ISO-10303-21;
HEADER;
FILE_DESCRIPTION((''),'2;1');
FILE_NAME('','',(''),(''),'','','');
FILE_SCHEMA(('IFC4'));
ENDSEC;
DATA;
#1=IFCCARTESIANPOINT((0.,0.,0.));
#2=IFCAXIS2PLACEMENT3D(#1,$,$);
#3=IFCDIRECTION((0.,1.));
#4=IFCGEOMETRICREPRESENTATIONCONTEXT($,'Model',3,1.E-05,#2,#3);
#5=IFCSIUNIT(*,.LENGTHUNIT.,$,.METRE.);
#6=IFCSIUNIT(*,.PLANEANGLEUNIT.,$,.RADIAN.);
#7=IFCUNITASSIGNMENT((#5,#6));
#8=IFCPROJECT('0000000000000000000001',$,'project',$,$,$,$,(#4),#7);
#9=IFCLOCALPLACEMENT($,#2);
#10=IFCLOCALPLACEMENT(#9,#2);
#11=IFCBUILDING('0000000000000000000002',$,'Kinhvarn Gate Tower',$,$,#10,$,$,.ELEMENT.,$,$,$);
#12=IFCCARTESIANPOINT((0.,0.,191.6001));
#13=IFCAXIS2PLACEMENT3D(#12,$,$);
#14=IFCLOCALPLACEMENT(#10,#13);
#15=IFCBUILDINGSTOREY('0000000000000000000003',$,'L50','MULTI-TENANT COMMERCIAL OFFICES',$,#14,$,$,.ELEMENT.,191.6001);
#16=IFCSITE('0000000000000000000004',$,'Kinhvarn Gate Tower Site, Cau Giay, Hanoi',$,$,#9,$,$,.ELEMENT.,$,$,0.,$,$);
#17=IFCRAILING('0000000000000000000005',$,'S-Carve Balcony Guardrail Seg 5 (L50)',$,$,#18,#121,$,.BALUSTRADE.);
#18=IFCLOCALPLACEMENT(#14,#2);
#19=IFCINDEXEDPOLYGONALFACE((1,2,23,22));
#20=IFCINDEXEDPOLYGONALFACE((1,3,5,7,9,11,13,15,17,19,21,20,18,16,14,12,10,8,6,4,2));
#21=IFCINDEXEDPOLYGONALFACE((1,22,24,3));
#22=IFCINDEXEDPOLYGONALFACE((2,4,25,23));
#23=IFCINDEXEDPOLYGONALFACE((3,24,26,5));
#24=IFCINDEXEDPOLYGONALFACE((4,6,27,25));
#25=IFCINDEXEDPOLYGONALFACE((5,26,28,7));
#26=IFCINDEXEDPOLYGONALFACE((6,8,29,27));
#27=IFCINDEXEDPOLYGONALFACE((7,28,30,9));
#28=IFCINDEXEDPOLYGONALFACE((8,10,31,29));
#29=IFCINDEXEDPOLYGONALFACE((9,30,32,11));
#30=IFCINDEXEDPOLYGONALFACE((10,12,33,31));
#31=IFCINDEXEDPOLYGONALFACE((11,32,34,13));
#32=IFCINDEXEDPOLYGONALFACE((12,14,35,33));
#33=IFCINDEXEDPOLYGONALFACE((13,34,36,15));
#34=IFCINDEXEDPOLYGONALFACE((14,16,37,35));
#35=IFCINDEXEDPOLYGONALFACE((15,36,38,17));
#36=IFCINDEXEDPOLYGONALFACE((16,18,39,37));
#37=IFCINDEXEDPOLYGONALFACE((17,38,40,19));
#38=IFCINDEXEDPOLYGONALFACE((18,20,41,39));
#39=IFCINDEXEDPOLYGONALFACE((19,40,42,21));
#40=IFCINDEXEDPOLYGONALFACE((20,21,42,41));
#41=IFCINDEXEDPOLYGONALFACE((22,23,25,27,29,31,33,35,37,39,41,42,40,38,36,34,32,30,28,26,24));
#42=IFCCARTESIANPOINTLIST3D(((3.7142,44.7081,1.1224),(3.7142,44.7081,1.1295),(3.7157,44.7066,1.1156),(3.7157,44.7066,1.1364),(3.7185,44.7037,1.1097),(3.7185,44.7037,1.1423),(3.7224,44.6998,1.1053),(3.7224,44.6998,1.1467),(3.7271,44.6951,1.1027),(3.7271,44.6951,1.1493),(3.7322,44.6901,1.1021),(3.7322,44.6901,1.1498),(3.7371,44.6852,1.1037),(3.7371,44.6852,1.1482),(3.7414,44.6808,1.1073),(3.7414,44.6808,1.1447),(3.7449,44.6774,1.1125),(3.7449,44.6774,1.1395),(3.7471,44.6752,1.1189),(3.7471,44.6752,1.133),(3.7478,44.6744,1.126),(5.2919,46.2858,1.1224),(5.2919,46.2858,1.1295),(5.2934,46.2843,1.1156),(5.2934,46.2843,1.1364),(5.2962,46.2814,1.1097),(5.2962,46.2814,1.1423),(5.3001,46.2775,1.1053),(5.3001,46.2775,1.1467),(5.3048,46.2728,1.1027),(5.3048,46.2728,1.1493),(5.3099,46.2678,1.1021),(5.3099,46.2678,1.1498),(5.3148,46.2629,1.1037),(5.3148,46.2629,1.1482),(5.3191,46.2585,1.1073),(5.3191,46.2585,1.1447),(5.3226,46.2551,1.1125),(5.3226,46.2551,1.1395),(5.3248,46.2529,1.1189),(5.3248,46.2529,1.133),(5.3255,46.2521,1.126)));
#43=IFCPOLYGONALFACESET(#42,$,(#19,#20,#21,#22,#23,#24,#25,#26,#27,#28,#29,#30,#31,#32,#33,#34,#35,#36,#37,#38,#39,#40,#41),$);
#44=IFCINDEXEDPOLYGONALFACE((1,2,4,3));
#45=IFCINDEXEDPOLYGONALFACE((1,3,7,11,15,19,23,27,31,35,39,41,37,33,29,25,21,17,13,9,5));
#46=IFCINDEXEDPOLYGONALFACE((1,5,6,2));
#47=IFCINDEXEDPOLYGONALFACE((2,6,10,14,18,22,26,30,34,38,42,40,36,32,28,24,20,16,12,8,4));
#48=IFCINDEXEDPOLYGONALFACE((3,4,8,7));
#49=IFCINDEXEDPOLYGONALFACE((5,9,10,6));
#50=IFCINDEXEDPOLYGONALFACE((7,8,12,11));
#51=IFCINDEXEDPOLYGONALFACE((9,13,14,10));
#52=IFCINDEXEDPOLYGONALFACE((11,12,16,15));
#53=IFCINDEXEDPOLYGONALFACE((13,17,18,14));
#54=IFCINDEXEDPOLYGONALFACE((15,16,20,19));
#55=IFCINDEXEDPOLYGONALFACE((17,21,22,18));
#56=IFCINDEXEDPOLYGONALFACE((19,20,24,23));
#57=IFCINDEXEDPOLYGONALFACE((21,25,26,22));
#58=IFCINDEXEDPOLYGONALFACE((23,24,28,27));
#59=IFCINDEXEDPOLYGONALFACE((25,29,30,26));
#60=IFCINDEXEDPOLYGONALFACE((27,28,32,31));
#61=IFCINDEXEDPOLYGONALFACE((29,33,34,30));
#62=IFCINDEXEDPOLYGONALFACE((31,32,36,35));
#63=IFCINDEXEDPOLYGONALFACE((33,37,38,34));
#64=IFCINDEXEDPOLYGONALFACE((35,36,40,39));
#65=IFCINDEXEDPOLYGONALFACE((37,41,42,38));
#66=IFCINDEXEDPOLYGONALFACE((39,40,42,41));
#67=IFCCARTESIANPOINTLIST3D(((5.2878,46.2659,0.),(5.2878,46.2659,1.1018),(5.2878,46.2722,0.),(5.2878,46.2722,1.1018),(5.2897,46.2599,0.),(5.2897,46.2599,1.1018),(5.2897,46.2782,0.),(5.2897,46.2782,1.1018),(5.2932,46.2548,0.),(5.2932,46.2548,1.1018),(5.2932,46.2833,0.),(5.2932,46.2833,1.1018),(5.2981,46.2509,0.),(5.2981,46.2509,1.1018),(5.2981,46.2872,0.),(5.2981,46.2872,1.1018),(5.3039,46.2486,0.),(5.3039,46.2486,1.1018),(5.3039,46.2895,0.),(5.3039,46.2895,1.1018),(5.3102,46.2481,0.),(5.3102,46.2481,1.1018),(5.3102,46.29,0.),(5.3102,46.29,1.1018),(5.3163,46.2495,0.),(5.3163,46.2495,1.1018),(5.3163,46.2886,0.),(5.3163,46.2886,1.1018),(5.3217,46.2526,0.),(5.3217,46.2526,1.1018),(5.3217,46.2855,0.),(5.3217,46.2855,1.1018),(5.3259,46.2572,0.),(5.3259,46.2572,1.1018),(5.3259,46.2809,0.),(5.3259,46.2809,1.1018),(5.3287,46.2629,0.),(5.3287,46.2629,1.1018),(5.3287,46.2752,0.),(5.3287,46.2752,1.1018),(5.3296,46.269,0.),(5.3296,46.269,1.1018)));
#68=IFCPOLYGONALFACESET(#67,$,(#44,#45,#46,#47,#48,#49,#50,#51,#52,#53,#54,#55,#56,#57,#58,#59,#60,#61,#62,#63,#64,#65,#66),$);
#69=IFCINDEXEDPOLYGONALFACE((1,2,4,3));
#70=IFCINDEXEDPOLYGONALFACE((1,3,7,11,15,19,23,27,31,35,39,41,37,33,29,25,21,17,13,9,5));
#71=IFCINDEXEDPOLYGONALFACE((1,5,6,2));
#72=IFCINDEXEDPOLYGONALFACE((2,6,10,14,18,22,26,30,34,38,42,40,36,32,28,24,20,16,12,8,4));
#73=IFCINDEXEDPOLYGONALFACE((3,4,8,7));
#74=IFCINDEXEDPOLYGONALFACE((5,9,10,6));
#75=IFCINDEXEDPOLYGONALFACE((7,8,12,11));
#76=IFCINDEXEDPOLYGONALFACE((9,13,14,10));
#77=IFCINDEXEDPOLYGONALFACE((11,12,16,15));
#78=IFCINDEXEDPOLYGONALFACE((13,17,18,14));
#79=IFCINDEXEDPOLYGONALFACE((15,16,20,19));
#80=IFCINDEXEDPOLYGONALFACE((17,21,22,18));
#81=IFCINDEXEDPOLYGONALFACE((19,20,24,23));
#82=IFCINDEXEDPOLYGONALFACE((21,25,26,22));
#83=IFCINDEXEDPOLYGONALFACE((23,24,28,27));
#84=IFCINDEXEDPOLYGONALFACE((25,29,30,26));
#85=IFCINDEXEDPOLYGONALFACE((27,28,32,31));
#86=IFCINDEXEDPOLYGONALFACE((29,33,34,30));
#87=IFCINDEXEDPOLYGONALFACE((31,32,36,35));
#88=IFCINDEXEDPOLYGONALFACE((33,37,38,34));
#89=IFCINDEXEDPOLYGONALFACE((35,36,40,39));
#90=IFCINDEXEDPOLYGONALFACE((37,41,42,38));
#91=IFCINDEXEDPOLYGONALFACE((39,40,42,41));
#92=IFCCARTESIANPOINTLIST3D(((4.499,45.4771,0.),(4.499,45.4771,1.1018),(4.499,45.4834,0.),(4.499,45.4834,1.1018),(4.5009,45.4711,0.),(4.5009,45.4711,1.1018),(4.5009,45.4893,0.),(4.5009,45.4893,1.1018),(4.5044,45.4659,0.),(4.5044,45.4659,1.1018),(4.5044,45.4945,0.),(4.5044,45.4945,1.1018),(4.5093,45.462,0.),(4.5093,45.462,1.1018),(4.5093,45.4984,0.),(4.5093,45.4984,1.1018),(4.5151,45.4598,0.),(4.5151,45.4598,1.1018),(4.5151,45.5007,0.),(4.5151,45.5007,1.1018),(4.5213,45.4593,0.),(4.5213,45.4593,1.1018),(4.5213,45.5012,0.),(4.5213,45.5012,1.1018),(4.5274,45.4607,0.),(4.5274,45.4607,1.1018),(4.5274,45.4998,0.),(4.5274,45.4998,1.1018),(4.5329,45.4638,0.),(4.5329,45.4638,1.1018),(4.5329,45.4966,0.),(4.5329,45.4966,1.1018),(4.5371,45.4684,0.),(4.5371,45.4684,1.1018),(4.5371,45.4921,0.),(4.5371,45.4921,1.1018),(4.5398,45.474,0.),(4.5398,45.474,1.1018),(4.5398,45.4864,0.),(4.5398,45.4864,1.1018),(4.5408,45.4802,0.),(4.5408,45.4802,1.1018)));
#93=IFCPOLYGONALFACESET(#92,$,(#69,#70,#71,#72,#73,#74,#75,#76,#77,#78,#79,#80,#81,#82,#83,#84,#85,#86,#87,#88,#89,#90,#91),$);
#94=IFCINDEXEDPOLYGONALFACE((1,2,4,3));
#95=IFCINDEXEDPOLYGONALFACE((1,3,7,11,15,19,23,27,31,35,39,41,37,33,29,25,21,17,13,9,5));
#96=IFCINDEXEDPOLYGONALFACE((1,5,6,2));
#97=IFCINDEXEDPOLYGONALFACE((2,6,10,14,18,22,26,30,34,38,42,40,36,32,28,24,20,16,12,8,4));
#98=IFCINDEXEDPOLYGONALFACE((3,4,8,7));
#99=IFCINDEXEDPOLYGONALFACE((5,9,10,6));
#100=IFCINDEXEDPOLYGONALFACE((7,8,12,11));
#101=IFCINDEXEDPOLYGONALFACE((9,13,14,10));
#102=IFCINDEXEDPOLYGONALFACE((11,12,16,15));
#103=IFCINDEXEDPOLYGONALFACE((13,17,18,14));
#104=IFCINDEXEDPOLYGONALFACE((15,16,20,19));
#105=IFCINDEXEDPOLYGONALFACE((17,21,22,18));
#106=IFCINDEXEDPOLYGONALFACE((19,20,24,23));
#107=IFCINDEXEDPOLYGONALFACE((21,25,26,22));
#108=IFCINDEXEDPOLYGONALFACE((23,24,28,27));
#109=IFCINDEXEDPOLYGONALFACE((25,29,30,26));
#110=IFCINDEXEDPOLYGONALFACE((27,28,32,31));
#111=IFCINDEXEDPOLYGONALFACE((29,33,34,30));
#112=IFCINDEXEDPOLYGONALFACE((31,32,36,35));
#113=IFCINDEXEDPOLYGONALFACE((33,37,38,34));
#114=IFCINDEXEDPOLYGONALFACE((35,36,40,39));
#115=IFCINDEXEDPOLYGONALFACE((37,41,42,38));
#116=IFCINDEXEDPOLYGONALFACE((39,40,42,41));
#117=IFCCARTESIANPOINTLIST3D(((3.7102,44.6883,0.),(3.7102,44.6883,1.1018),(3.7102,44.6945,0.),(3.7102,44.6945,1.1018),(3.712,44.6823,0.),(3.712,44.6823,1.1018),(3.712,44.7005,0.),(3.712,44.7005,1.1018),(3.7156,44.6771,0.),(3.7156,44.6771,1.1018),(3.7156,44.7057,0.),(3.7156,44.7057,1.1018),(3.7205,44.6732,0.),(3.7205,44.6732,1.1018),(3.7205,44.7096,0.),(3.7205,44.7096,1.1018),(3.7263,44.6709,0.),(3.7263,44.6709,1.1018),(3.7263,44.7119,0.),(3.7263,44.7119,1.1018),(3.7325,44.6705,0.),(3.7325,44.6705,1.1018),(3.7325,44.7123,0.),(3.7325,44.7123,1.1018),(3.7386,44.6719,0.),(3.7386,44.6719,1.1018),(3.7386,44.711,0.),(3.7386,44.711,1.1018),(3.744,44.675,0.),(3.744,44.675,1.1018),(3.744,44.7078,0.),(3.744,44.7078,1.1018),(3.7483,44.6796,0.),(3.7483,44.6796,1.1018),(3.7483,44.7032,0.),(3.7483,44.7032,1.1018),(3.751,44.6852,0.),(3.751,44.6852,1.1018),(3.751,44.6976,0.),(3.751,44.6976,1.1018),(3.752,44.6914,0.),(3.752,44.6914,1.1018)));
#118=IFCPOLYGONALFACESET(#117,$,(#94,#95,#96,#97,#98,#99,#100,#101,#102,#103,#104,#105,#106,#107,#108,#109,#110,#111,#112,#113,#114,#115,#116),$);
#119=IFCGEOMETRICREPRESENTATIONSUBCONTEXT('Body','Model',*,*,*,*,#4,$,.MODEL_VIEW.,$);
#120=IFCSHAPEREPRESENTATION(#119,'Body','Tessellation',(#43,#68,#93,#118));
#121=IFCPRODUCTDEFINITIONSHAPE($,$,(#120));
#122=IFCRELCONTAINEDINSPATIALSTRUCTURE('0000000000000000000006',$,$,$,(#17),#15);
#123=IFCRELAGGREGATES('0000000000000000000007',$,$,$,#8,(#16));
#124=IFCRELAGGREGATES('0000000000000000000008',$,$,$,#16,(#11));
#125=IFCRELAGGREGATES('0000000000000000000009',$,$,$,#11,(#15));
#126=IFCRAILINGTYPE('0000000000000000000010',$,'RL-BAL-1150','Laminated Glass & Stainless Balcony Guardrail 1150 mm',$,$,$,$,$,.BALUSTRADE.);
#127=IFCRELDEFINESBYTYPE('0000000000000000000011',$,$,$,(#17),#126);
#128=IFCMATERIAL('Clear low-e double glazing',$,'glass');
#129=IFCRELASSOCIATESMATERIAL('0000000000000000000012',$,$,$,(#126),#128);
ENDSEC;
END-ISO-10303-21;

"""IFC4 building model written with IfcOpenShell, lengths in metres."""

from ifc_helpers import new_model, si_unit, direction, frame, origin, origin_2d, place, context, subcontext, project, spatial, circle, extrude, material, type_object, element, save


model = new_model("IFC4")

# Units and contexts
model_context = context("Model", 3, precision=1e-05, world=origin(), true_north=direction((0.0, 1.0)))
body_context = subcontext(model_context, "Body", "Model", "MODEL_VIEW")
ifc_project = project(units=[si_unit("LENGTHUNIT", "METRE"), si_unit("PLANEANGLEUNIT", "RADIAN")], contexts=[model_context])

# Site, building, storey
site_placement = place(None, origin())
site = spatial("IfcSite", under=ifc_project, at=site_placement, Name="Kinhvarn Gate Tower Site, Cau Giay, Hanoi", CompositionType="ELEMENT", RefElevation=0.0)
building_placement = place(site_placement, origin())
building = spatial("IfcBuilding", under=site, at=building_placement, Name="Kinhvarn Gate Tower", CompositionType="ELEMENT")
storey_placement = place(building_placement, frame((0.0, 0.0, 191.6001)))
storey = spatial("IfcBuildingStorey", under=building, at=storey_placement, Name="L50", Description="MULTI-TENANT COMMERCIAL OFFICES", CompositionType="ELEMENT", Elevation=191.6001)

# Shared definitions
ifc_material_1 = material(Name="Clear low-e double glazing", Category="glass")

# Railing
railing_type = type_object("IfcRailingType", Name="RL-BAL-1150", Description="Laminated Glass & Stainless Balcony Guardrail 1150 mm", PredefinedType="BALUSTRADE", material=ifc_material_1)
railing_1_placement = place(storey_placement, frame((5.3086, 46.269, 0.0)))
element("IfcRailing", 1, at=railing_1_placement, inside=storey, type_object=railing_type, Name="S-Carve Balcony Guardrail Seg 5 (L50)", PredefinedType="BALUSTRADE", context=body_context, shape_type="SweptSolid", body=[
    extrude(circle(Radius=0.0239, at=origin_2d()), frame((0.0, 0.0, 1.126), z_axis=(-0.707107, -0.707107, 0.0), x_axis=(0.707107, -0.707107, 0.0)), (0.0, 0.0, 1.0), 2.2312),
    extrude(circle(Radius=0.021, at=origin_2d()), origin(), (0.0, 0.0, 1.0), 1.1018),
    extrude(circle(Radius=0.021, at=origin_2d()), frame((-0.7888, -0.7888, 0.0)), (0.0, 0.0, 1.0), 1.1018),
    extrude(circle(Radius=0.021, at=origin_2d()), frame((-1.5776, -1.5776, 0.0)), (0.0, 0.0, 1.0), 1.1018),
])

save(model, "model.ifc")
